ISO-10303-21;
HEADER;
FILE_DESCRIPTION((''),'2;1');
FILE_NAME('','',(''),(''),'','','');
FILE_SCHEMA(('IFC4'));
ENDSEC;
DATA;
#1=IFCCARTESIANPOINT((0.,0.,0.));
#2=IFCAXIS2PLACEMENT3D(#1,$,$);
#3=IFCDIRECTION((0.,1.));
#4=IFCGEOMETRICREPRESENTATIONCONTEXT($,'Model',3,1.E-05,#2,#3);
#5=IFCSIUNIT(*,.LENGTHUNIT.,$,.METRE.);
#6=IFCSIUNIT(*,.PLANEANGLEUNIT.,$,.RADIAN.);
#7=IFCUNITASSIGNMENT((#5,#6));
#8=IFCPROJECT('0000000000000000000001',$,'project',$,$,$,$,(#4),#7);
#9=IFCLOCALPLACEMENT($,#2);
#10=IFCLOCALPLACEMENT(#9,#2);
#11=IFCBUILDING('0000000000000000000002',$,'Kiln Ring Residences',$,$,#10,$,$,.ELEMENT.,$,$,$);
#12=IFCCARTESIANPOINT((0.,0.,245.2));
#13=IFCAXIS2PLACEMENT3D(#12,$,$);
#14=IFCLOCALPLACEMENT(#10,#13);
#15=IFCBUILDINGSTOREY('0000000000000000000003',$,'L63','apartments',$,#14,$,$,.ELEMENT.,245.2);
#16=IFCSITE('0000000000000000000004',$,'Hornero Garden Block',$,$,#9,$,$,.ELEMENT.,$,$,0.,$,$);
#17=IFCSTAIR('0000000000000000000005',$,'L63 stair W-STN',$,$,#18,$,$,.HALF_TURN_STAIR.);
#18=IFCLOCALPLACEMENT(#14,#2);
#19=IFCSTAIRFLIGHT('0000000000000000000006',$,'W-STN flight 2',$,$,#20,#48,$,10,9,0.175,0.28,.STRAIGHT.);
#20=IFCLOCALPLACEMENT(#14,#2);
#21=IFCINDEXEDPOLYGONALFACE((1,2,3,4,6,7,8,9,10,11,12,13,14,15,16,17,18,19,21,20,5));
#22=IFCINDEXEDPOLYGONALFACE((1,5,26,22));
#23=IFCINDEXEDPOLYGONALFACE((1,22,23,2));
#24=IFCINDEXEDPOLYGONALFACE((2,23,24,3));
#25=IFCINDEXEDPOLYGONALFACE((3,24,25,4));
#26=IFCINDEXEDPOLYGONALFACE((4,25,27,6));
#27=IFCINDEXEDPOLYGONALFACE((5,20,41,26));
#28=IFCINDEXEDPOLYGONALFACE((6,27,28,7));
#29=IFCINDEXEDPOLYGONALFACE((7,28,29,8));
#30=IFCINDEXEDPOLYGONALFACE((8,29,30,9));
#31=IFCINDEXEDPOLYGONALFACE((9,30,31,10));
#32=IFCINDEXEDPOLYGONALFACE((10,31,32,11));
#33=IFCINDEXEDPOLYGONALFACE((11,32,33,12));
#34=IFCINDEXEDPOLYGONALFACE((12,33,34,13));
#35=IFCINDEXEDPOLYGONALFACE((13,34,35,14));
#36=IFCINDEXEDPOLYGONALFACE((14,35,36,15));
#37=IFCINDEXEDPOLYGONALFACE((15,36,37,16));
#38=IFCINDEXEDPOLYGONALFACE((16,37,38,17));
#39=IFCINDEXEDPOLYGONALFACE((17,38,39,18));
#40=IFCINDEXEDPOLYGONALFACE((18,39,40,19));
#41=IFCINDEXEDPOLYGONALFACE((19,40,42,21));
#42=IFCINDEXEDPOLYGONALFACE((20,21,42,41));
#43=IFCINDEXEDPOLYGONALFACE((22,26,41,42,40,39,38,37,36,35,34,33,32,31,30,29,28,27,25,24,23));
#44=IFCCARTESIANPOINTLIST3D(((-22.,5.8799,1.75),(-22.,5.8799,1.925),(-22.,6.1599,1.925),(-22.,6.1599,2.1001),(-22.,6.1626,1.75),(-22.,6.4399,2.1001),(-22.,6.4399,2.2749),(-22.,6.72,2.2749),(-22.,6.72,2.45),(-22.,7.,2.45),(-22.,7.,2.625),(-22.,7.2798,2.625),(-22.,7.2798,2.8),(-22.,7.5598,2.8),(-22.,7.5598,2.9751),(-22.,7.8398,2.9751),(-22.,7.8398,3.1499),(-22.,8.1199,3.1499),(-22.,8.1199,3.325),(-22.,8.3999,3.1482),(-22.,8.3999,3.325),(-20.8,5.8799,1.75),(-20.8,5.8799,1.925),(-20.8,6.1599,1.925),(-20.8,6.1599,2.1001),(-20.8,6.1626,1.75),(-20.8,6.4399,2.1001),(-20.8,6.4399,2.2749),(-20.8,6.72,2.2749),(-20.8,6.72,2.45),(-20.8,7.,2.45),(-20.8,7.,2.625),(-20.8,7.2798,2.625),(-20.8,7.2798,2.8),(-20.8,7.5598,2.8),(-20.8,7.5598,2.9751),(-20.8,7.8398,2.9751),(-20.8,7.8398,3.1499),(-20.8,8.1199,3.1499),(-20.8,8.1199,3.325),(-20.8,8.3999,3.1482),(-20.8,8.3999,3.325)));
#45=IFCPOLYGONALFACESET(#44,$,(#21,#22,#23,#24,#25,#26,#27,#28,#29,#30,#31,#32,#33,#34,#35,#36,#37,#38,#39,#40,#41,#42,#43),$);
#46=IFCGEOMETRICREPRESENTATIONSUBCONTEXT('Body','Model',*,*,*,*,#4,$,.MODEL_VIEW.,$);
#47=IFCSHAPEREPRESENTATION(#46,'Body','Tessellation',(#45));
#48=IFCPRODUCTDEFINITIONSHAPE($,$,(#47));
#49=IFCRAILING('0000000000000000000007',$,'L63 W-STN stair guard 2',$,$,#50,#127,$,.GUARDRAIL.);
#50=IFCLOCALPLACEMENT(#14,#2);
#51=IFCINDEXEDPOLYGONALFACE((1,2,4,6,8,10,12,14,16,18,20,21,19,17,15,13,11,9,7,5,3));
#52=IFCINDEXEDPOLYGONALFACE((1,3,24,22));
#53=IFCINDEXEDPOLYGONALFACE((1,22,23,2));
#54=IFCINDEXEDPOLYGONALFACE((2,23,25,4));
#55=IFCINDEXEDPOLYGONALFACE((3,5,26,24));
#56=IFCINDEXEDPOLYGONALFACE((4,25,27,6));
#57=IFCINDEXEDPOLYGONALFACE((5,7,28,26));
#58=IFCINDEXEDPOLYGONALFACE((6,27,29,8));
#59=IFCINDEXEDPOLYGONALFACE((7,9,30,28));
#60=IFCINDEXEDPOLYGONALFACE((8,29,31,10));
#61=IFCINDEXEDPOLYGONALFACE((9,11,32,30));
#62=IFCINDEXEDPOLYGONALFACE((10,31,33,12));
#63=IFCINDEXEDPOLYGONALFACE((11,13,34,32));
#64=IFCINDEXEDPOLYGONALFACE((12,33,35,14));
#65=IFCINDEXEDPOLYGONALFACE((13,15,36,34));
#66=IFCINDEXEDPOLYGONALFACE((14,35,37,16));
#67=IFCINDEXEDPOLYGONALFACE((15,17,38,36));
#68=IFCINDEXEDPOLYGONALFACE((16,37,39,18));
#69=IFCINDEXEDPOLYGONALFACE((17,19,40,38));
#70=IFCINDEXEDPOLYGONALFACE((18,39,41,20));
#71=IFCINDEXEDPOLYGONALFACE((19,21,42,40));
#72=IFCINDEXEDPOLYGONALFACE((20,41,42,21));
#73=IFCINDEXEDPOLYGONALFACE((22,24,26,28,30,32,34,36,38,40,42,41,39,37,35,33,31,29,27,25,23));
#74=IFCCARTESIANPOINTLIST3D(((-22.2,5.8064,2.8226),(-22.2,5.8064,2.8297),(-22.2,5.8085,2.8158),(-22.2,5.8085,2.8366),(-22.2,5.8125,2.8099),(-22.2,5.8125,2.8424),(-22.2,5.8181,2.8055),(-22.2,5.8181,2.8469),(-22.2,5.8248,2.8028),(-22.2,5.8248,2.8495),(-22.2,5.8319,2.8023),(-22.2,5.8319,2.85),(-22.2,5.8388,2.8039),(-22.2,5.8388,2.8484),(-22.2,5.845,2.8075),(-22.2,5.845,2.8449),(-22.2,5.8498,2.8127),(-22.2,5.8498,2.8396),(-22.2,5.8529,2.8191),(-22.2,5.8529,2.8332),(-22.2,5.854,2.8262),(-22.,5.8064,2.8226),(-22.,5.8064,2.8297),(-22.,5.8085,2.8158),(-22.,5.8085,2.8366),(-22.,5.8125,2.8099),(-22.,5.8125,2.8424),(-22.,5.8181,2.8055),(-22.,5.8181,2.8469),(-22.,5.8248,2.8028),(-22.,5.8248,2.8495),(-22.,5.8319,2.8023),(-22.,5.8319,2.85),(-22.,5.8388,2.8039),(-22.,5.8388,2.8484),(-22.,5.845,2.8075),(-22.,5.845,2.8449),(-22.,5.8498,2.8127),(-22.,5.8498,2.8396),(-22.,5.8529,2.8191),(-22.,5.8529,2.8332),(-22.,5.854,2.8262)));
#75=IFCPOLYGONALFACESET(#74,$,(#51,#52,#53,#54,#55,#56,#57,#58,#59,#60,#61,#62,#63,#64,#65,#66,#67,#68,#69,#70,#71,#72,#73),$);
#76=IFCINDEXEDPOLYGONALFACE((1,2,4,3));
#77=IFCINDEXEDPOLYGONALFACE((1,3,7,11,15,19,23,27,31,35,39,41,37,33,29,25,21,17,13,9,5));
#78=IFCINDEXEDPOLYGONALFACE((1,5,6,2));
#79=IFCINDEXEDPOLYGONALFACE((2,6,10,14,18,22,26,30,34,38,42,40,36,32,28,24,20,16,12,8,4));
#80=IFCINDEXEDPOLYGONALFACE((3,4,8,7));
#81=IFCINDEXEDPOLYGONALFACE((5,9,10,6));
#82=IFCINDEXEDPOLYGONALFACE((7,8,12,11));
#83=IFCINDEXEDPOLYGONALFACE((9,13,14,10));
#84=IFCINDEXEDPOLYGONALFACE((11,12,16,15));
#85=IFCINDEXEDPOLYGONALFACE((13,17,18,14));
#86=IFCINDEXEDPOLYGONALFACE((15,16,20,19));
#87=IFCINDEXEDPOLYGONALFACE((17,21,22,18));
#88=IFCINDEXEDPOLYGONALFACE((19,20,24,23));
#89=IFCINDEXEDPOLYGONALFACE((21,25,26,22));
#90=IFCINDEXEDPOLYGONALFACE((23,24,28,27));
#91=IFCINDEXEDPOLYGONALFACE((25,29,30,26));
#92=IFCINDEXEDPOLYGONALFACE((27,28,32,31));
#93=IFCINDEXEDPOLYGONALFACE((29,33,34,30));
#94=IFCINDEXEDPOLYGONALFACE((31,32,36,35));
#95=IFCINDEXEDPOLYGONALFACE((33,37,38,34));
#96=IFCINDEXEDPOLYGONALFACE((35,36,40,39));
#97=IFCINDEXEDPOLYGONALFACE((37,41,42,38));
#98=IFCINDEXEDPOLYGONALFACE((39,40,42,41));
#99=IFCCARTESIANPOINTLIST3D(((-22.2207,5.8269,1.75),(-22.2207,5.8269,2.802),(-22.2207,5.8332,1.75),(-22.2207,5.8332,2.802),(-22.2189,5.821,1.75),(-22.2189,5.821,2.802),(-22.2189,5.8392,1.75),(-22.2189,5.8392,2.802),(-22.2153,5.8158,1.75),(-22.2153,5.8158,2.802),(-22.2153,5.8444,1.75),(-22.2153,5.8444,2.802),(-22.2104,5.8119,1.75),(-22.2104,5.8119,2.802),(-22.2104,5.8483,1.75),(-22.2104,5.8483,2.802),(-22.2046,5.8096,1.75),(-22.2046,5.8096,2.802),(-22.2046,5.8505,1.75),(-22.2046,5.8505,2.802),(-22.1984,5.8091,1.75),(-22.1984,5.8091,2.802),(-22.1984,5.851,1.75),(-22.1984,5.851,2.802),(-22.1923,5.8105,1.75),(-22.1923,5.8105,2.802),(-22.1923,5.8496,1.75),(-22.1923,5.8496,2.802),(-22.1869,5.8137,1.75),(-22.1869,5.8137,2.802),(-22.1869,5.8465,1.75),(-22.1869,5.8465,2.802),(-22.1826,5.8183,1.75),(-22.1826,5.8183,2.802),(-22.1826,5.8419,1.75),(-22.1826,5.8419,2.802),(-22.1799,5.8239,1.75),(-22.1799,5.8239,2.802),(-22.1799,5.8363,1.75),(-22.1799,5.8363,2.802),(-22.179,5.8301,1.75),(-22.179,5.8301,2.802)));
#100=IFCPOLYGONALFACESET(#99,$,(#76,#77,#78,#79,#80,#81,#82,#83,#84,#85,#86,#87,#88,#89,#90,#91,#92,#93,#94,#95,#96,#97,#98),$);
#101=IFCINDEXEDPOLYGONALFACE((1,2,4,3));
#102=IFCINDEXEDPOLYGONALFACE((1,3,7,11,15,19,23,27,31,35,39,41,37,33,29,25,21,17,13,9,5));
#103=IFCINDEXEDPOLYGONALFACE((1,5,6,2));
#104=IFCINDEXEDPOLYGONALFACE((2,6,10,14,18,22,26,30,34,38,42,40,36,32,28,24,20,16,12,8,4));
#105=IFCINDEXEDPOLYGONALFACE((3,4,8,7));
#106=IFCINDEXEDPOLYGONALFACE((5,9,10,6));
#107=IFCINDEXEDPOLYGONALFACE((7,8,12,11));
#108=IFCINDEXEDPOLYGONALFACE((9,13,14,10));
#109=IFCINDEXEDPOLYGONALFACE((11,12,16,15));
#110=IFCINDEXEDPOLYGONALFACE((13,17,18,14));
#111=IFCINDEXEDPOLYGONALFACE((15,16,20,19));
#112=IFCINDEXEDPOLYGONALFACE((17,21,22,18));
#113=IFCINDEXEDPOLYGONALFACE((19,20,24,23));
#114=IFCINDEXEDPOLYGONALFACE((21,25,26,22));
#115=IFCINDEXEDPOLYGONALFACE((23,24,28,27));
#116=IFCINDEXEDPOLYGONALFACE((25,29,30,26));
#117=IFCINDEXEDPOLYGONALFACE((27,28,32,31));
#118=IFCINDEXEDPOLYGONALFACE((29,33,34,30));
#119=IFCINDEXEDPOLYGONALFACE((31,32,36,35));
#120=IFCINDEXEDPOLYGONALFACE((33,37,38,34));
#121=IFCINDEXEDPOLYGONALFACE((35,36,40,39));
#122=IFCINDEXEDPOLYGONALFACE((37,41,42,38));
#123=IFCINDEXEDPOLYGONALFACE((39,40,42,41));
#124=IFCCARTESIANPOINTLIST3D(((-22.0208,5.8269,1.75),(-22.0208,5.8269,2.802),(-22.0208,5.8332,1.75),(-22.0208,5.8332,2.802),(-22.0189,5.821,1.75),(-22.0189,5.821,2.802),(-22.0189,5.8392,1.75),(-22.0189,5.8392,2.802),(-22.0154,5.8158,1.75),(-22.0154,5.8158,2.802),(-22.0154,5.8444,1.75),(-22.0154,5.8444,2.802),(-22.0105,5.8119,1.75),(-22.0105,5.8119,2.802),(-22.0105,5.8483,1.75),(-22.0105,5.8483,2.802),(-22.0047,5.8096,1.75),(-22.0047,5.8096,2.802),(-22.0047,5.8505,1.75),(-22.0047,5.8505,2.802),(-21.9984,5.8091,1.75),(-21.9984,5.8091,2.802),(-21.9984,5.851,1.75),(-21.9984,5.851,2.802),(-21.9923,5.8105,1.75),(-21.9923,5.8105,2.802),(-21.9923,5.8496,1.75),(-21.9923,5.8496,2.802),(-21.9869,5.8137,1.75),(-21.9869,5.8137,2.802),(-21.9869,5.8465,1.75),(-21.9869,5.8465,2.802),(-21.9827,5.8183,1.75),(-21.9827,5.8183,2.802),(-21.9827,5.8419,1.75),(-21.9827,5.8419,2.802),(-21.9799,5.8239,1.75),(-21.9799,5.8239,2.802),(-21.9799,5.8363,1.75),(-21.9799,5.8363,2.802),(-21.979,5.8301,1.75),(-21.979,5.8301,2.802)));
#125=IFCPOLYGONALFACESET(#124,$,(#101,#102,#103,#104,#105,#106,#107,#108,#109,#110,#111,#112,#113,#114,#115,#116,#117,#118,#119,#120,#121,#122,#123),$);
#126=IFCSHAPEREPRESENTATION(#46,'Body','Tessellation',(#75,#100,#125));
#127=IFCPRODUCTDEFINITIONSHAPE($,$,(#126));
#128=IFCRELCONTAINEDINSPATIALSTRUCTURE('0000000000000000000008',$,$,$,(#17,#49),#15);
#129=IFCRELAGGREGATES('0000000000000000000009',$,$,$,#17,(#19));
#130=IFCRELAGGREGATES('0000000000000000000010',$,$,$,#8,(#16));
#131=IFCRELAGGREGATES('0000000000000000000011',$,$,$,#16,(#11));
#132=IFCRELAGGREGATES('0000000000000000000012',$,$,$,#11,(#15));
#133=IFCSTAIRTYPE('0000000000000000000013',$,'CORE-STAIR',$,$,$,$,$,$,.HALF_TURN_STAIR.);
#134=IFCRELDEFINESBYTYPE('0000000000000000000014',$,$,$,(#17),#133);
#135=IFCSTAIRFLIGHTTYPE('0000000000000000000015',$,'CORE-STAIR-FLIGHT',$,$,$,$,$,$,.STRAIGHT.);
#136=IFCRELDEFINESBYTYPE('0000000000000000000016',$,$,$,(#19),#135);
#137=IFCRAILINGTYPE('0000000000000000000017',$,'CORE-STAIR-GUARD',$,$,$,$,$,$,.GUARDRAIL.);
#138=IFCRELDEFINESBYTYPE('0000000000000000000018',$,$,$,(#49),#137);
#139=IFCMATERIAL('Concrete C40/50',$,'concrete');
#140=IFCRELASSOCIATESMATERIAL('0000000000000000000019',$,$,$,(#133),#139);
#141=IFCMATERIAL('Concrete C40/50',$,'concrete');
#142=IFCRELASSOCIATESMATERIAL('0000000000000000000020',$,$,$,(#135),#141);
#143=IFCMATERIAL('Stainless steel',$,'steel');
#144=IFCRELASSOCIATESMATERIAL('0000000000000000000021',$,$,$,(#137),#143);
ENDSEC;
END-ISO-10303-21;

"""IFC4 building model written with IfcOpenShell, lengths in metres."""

from ifc_helpers import new_model, si_unit, direction, frame, origin, origin_2d, place, context, subcontext, project, spatial, polyline, circle, outline, extrude, material, type_object, element, aggregate, save


model = new_model("IFC4")

# Units and contexts
model_context = context("Model", 3, precision=1e-05, world=origin(), true_north=direction((0.0, 1.0)))
body_context = subcontext(model_context, "Body", "Model", "MODEL_VIEW")
ifc_project = project(units=[si_unit("LENGTHUNIT", "METRE"), si_unit("PLANEANGLEUNIT", "RADIAN")], contexts=[model_context])

# Site, building, storey
site_placement = place(None, origin())
site = spatial("IfcSite", under=ifc_project, at=site_placement, Name="Hornero Garden Block", CompositionType="ELEMENT", RefElevation=0.0)
building_placement = place(site_placement, origin())
building = spatial("IfcBuilding", under=site, at=building_placement, Name="Kiln Ring Residences", CompositionType="ELEMENT")
storey_placement = place(building_placement, frame((0.0, 0.0, 245.2)))
storey = spatial("IfcBuildingStorey", under=building, at=storey_placement, Name="L63", Description="apartments", CompositionType="ELEMENT", Elevation=245.2)

# Stair, stair flight
ifc_material_1 = material(Name="Concrete C40/50", Category="concrete")
stair_type = type_object("IfcStairType", Name="CORE-STAIR", PredefinedType="HALF_TURN_STAIR", material=ifc_material_1)
stair_placement = place(storey_placement, origin())
stair = element("IfcStair", 1, at=stair_placement, inside=storey, type_object=stair_type, Name="L63 stair W-STN", PredefinedType="HALF_TURN_STAIR")
ifc_material_2 = material(Name="Concrete C40/50", Category="concrete")
stair_flight_type = type_object("IfcStairFlightType", Name="CORE-STAIR-FLIGHT", PredefinedType="STRAIGHT", material=ifc_material_2)
stair_flight_placement = place(storey_placement, frame((-21.3999, 5.8799, 1.75), z_axis=(0.0, 0.0, 1.0), x_axis=(0.0, 1.0, 0.0)))
stair_flight = element("IfcStairFlight", 2, at=stair_flight_placement, type_object=stair_flight_type, Name="W-STN flight 2", NumberOfRisers=10, NumberOfTreads=9, PredefinedType="STRAIGHT", RiserHeight=0.175, TreadLength=0.28, context=body_context, shape_type="SweptSolid", body=[
    extrude(outline(polyline([(0.0, 0.0), (0.0, 0.175), (0.28, 0.175), (0.28, 0.3501), (0.5601, 0.3501), (0.5601, 0.5249), (0.8401, 0.5249), (0.8401, 0.7), (1.1201, 0.7), (1.1201, 0.875), (1.3999, 0.875), (1.3999, 1.05), (1.6799, 1.05), (1.6799, 1.2251), (1.96, 1.2251), (1.96, 1.3999), (2.24, 1.3999), (2.24, 1.575), (2.52, 1.575), (2.52, 1.75), (2.52, 1.3982), (0.2827, 0.0), (0.0, 0.0)])), frame((0.0, 0.6001, 0.0), z_axis=(0.0, -1.0, 0.0), x_axis=(1.0, 0.0, 0.0)), (0.0, 0.0, 1.0), 1.2),
])
aggregate(stair, [stair_flight])

# Railing
ifc_material_3 = material(Name="Stainless steel", Category="steel")
railing_type_1 = type_object("IfcRailingType", Name="CORE-STAIR-GUARD", PredefinedType="GUARDRAIL", material=ifc_material_3)
railing_1_placement = place(storey_placement, frame((-22.2, 5.8301, 1.75)))
element("IfcRailing", 3, at=railing_1_placement, inside=storey, type_object=railing_type_1, Name="L63 W-STN stair guard 2", PredefinedType="GUARDRAIL", context=body_context, shape_type="SweptSolid", body=[
    extrude(circle(Radius=0.0239, at=origin_2d()), frame((0.0, 0.0, 1.0762), z_axis=(1.0, 0.0, 0.0), x_axis=(0.0, 1.0, 0.0)), (0.0, 0.0, 1.0), 0.2),
    extrude(circle(Radius=0.021, at=origin_2d()), origin(), (0.0, 0.0, 1.0), 1.052),
    extrude(circle(Radius=0.021, at=origin_2d()), frame((0.2, 0.0, 0.0)), (0.0, 0.0, 1.0), 1.052),
])

save(model, "model.ifc")
